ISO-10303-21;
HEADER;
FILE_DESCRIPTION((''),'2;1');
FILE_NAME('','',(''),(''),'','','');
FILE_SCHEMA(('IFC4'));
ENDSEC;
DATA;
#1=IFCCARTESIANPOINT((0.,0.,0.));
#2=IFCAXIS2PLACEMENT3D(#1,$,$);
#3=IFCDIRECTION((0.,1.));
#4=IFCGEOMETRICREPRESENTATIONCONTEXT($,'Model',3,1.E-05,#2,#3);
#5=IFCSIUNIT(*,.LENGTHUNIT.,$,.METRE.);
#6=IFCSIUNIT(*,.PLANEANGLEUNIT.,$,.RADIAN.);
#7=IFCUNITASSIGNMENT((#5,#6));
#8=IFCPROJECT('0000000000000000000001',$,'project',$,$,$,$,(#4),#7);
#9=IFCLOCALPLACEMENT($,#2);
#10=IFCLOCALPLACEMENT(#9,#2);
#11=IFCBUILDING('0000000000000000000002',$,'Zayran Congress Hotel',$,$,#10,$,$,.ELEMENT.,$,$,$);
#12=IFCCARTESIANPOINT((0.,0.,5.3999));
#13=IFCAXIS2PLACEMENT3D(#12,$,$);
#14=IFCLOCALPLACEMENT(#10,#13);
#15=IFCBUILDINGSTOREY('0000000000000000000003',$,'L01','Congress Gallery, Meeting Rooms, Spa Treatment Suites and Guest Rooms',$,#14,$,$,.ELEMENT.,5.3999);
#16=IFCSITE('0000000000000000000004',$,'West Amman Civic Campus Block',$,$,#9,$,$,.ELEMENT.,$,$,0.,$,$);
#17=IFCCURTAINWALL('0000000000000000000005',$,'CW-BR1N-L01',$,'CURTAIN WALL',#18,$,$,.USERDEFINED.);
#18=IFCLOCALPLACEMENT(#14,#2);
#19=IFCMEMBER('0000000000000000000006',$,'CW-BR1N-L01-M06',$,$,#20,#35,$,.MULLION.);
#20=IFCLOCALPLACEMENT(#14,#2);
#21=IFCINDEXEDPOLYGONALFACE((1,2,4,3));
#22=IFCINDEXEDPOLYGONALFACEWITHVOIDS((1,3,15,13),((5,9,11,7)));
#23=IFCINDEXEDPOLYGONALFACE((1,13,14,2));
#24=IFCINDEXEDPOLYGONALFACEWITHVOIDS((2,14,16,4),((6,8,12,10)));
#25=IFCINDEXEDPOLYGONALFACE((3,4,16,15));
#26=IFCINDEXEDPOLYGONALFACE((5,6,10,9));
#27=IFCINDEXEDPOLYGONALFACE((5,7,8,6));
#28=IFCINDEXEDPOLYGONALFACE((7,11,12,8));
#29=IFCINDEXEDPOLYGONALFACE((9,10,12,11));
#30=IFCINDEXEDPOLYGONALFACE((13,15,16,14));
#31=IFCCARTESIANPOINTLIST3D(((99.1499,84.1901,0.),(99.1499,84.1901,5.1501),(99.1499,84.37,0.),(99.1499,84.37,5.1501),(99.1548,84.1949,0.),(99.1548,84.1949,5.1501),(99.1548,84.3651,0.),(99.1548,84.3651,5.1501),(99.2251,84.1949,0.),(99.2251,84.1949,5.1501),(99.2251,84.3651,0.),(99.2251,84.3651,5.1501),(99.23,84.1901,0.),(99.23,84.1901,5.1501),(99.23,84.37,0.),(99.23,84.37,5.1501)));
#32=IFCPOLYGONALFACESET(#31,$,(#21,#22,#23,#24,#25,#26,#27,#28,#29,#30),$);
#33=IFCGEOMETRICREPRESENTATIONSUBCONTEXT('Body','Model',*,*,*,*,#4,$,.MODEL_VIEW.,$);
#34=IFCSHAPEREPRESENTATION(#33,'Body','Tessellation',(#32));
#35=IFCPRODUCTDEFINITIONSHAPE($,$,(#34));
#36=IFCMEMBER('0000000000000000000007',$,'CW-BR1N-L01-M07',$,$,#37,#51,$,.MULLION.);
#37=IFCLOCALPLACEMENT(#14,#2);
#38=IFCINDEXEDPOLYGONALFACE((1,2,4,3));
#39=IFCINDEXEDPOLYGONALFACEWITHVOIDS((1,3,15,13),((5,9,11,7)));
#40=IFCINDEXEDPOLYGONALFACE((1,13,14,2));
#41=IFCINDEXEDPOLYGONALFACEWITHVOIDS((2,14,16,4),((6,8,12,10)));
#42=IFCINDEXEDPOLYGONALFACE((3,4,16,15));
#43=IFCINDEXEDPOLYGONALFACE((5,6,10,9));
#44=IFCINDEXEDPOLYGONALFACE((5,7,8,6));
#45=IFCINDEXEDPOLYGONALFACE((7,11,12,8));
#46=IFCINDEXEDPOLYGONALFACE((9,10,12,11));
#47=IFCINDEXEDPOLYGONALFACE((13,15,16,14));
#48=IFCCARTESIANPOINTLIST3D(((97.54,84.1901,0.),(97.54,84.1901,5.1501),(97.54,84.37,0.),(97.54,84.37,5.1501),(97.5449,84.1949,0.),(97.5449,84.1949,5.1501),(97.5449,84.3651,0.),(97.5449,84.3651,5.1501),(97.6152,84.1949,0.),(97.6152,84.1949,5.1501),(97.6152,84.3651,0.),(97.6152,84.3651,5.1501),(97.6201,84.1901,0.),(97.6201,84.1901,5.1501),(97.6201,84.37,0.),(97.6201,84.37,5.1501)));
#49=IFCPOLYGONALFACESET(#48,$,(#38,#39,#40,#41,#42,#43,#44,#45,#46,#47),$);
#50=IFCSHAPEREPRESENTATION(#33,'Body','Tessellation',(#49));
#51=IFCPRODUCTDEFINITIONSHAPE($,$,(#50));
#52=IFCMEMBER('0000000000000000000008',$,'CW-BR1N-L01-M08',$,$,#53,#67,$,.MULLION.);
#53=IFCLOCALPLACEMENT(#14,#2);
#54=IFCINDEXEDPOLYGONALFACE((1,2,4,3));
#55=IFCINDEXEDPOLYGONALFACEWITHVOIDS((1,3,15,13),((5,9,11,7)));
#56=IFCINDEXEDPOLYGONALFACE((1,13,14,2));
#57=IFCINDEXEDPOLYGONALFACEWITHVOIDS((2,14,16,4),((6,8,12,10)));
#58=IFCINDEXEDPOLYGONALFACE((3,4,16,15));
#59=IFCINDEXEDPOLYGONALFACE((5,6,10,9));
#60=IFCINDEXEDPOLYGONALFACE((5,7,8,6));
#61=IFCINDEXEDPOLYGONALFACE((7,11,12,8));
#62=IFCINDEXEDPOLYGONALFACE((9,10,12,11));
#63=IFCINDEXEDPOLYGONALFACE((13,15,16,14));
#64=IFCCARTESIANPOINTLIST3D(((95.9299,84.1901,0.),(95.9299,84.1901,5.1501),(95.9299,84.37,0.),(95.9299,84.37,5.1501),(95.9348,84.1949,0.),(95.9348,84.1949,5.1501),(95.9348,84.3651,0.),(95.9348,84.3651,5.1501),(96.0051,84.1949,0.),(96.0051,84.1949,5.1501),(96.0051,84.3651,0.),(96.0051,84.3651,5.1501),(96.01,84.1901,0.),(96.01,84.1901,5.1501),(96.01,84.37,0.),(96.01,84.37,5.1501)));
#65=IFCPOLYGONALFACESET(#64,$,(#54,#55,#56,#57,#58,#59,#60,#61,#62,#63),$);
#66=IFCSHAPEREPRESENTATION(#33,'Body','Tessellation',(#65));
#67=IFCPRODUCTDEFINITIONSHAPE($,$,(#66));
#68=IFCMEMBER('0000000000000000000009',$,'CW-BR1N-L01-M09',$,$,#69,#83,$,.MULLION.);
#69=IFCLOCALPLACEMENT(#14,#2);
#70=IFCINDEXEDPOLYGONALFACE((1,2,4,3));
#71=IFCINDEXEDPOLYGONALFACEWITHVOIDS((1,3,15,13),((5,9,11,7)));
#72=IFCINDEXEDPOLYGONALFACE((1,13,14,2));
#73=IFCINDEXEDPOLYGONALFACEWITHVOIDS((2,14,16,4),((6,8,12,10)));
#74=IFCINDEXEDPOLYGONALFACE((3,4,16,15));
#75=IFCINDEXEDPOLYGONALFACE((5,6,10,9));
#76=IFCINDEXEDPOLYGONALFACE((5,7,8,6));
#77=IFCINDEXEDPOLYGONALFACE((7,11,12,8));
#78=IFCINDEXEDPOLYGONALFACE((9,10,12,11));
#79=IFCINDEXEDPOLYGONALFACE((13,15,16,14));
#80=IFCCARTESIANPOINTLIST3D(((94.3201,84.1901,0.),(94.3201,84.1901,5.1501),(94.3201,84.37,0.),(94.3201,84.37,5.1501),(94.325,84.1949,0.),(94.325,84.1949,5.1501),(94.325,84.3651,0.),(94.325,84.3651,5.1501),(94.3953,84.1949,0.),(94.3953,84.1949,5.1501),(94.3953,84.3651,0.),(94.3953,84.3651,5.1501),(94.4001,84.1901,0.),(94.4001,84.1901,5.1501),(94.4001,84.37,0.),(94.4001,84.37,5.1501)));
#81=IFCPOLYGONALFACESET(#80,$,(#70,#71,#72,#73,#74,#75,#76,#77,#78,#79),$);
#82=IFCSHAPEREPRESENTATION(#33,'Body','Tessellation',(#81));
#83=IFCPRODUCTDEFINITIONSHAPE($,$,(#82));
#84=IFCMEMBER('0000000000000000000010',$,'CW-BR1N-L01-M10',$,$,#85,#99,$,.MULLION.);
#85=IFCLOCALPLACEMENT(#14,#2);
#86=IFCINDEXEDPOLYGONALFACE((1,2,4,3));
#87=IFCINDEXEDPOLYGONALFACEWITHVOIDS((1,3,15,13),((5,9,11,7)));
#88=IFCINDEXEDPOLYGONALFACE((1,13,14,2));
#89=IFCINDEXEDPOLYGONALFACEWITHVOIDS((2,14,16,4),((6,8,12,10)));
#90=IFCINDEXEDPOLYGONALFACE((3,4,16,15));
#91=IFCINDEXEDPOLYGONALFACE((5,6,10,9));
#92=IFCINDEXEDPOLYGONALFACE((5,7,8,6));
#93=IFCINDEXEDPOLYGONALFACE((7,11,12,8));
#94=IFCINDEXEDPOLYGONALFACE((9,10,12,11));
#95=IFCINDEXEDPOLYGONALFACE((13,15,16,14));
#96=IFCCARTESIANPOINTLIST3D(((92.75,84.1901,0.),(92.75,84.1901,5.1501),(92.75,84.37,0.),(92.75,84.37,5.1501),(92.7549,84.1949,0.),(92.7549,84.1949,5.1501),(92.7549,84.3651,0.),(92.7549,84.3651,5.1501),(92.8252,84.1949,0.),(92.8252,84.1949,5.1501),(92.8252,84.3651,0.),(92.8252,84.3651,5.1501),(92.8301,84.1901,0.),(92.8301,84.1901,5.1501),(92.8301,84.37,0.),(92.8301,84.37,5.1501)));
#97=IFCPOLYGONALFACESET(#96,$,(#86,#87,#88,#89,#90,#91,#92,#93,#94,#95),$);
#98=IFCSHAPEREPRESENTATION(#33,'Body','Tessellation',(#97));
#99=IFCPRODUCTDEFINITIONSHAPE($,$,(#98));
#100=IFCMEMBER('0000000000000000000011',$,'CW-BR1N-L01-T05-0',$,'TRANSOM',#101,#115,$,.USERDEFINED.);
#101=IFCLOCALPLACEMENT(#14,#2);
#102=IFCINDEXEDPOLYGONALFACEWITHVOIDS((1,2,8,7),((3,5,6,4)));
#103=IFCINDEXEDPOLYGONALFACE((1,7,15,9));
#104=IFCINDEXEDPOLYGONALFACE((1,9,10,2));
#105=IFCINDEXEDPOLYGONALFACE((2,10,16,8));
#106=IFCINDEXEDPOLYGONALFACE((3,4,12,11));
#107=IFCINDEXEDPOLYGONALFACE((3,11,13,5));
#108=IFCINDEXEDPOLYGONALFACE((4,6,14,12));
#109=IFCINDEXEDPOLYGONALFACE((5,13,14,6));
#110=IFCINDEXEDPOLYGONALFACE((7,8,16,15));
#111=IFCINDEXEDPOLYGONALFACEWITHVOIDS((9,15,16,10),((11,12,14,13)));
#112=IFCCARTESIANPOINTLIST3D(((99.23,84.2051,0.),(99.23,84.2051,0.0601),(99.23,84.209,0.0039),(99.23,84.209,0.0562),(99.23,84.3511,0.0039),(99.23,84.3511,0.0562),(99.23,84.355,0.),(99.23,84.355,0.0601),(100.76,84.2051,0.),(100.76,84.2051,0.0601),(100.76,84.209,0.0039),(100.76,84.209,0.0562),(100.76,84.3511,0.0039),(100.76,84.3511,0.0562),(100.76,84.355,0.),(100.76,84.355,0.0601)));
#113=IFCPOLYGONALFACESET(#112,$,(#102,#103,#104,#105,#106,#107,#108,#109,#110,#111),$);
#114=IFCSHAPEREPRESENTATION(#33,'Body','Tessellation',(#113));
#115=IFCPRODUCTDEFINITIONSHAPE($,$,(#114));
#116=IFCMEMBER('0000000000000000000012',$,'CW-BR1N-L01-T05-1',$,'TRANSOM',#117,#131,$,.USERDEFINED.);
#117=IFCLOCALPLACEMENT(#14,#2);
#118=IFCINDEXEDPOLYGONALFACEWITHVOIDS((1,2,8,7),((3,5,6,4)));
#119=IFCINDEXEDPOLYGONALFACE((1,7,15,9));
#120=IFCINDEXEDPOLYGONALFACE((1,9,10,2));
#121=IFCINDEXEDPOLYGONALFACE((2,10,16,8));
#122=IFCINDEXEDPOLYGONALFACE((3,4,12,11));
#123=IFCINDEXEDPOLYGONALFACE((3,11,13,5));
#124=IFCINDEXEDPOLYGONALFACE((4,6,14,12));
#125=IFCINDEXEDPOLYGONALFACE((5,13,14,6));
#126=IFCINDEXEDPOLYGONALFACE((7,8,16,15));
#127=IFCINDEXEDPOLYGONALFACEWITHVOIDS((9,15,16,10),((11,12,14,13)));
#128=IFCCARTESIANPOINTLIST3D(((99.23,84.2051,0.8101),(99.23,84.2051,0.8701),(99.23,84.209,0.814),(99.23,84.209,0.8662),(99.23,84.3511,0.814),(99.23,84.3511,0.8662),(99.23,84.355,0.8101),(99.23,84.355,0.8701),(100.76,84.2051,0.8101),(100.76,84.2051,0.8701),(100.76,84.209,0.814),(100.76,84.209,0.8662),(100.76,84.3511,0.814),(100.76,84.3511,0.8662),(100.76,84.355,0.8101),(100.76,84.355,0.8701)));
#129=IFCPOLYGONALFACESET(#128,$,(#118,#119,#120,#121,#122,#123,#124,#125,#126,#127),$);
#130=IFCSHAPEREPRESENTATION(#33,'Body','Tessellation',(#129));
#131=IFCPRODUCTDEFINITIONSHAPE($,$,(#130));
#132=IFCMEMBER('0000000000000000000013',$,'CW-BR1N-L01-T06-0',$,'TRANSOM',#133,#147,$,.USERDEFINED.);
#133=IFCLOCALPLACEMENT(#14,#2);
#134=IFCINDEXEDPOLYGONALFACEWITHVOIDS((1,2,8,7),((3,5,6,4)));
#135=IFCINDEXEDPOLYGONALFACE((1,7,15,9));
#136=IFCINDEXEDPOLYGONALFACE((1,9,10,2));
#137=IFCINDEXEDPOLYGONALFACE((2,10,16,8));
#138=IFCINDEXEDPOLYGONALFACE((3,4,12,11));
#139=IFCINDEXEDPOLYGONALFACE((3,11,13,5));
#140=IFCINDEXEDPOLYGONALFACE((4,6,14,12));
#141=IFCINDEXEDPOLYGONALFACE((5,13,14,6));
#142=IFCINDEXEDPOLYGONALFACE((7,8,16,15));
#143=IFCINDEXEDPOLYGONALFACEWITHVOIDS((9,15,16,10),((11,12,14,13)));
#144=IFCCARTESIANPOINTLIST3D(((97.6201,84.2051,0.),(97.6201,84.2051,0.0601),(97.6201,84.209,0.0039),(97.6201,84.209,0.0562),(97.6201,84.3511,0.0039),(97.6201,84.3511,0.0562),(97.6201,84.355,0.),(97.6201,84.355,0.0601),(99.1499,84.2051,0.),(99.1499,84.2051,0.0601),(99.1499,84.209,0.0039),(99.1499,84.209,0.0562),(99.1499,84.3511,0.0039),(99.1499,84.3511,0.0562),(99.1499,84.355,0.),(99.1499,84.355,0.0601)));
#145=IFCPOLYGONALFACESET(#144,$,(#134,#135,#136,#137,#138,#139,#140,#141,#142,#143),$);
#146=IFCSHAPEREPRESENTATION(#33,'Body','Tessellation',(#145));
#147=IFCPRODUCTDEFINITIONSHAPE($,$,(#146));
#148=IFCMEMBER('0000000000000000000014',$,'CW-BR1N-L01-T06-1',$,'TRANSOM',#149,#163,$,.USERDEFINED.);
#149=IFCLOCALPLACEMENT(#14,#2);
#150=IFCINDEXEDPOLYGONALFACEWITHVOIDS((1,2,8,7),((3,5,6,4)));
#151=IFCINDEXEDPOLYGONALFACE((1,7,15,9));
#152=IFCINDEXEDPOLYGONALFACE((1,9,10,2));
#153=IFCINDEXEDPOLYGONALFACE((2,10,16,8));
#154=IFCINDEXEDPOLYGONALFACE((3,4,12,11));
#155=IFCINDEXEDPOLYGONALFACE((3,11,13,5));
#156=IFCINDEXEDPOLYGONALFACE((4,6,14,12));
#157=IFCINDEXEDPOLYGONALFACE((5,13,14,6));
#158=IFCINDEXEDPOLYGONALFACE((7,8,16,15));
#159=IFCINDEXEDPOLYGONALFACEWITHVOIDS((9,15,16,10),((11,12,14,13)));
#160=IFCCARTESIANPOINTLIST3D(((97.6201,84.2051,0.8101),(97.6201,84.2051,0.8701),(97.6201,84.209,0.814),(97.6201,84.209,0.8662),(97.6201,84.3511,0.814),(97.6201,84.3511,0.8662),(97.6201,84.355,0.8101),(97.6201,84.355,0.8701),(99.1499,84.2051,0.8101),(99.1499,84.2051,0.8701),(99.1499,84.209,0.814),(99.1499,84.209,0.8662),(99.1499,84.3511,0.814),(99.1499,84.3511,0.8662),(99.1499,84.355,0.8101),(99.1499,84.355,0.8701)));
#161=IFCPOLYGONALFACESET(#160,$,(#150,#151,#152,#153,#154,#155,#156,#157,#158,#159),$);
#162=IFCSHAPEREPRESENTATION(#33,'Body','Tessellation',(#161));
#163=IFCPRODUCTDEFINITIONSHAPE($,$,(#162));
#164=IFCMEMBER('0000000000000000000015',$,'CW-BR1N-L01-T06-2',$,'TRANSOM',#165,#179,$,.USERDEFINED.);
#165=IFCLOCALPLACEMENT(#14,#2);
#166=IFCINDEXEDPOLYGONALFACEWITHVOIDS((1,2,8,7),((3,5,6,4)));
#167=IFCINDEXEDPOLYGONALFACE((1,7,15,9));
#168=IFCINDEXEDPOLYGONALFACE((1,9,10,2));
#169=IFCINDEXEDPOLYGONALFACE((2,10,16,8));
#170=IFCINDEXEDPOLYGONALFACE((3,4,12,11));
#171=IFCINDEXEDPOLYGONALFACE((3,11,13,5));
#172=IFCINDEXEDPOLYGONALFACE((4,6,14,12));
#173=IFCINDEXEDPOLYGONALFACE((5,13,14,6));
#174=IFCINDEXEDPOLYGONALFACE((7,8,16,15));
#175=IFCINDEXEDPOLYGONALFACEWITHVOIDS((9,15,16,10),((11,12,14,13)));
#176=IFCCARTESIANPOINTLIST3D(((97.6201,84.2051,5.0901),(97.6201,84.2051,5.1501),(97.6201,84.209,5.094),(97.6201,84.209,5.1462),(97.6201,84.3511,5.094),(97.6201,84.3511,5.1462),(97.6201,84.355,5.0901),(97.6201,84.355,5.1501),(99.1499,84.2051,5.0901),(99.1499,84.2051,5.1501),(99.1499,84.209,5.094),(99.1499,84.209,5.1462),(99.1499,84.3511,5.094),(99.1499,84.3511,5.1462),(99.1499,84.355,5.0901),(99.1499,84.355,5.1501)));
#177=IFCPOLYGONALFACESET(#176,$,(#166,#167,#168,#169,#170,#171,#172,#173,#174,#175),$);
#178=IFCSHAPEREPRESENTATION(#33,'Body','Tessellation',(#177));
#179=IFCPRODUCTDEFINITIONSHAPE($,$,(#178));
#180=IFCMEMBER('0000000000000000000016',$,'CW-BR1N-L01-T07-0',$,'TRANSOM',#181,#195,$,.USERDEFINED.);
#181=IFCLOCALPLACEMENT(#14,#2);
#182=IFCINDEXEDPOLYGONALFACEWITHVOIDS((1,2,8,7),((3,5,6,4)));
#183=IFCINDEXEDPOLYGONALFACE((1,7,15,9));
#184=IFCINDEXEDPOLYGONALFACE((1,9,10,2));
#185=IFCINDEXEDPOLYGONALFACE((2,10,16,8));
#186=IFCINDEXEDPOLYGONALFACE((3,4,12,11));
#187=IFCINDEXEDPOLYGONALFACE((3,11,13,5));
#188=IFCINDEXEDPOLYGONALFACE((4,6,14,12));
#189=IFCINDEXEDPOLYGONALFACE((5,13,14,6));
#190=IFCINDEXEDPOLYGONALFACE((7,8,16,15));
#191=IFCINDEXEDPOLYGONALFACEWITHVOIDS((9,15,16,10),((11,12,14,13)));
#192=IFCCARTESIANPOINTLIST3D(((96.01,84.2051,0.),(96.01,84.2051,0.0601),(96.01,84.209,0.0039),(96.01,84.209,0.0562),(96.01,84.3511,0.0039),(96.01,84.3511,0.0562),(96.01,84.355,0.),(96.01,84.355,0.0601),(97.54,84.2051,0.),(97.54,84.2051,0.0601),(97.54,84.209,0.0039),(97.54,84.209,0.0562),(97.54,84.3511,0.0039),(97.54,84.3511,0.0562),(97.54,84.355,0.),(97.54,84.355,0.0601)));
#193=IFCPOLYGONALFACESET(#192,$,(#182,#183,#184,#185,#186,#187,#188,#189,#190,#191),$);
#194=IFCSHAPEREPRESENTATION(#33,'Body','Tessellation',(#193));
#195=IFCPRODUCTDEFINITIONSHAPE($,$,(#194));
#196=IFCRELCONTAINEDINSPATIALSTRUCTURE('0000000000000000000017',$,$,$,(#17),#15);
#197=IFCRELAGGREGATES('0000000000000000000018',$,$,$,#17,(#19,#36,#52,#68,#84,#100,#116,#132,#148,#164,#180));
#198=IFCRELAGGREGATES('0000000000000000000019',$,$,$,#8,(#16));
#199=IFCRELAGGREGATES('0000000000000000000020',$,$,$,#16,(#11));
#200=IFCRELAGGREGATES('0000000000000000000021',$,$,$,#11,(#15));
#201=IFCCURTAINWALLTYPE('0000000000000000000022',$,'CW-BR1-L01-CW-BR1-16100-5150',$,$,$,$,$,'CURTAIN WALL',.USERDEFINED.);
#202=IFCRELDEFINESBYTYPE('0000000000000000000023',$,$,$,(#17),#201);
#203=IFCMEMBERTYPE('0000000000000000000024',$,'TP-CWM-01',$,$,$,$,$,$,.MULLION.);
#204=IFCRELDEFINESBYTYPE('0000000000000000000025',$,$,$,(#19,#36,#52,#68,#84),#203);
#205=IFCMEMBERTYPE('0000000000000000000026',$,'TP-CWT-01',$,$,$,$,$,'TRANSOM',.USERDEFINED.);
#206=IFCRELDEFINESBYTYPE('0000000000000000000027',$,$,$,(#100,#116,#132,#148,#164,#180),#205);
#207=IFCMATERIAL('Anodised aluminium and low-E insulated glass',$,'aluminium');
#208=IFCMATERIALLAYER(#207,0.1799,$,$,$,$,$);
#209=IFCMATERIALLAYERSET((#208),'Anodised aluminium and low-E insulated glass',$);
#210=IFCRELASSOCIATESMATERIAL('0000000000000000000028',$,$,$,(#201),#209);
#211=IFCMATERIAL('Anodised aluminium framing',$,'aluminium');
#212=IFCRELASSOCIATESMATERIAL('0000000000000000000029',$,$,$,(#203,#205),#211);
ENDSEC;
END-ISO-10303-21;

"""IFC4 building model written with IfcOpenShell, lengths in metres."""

from ifc_helpers import new_model, si_unit, direction, frame, origin, origin_2d, place, context, subcontext, project, spatial, hollow_rectangle, extrude, material, layer, layer_set, material_profile, profile_set, type_object, element, aggregate, save


model = new_model("IFC4")

# Units and contexts
model_context = context("Model", 3, precision=1e-05, world=origin(), true_north=direction((0.0, 1.0)))
body_context = subcontext(model_context, "Body", "Model", "MODEL_VIEW")
ifc_project = project(units=[si_unit("LENGTHUNIT", "METRE"), si_unit("PLANEANGLEUNIT", "RADIAN")], contexts=[model_context])

# Site, building, storey
site_placement = place(None, origin())
site = spatial("IfcSite", under=ifc_project, at=site_placement, Name="West Amman Civic Campus Block", CompositionType="ELEMENT", RefElevation=0.0)
building_placement = place(site_placement, origin())
building = spatial("IfcBuilding", under=site, at=building_placement, Name="Zayran Congress Hotel", CompositionType="ELEMENT")
storey_placement = place(building_placement, frame((0.0, 0.0, 5.3999)))
storey = spatial("IfcBuildingStorey", under=building, at=storey_placement, Name="L01", Description="Congress Gallery, Meeting Rooms, Spa Treatment Suites and Guest Rooms", CompositionType="ELEMENT", Elevation=5.3999)

# Curtain wall, members
ifc_material_1 = material(Name="Anodised aluminium and low-E insulated glass", Category="aluminium")
ifc_layer_1 = layer(ifc_material_1, 0.1799)
ifc_layer_set_1 = layer_set([ifc_layer_1], Name="Anodised aluminium and low-E insulated glass")
curtain_wall_type = type_object("IfcCurtainWallType", Name="CW-BR1-L01-CW-BR1-16100-5150", ElementType="CURTAIN WALL", PredefinedType="USERDEFINED", material=ifc_layer_set_1)
curtain_wall_1_placement = place(storey_placement, origin())
curtain_wall_1 = element("IfcCurtainWall", 1, at=curtain_wall_1_placement, inside=storey, type_object=curtain_wall_type, Name="CW-BR1N-L01", ObjectType="CURTAIN WALL", PredefinedType="USERDEFINED")
ifc_material_2 = material(Name="Anodised aluminium framing", Category="aluminium")
ifc_material_profile_1 = material_profile(ifc_material_2, hollow_rectangle(XDim=0.0801, YDim=0.1799, WallThickness=0.0049, at=origin_2d()), Name="RHS 180x80x5")
ifc_profile_set_1 = profile_set([ifc_material_profile_1], Name="Anodised aluminium framing")
member_type_1 = type_object("IfcMemberType", Name="TP-CWM-01", PredefinedType="MULLION", material=ifc_profile_set_1)
member_1_placement = place(storey_placement, frame((99.1899, 84.28, 0.0), z_axis=(0.0, 0.0, 1.0), x_axis=(1.0, 0.0, 0.0)))
member_1 = element("IfcMember", 2, at=member_1_placement, type_object=member_type_1, Name="CW-BR1N-L01-M06", PredefinedType="MULLION", context=body_context, shape_type="SweptSolid", body=[
    extrude(hollow_rectangle(XDim=0.0801, YDim=0.1799, WallThickness=0.0049, at=origin_2d()), origin(), (0.0, 0.0, 1.0), 5.1501),
])
member_2_placement = place(storey_placement, frame((97.5801, 84.28, 0.0), z_axis=(0.0, 0.0, 1.0), x_axis=(1.0, 0.0, 0.0)))
member_2 = element("IfcMember", 3, at=member_2_placement, type_object=member_type_1, Name="CW-BR1N-L01-M07", PredefinedType="MULLION", context=body_context, shape_type="SweptSolid", body=[
    extrude(hollow_rectangle(XDim=0.0801, YDim=0.1799, WallThickness=0.0049, at=origin_2d()), origin(), (0.0, 0.0, 1.0), 5.1501),
])
member_3_placement = place(storey_placement, frame((95.97, 84.28, 0.0), z_axis=(0.0, 0.0, 1.0), x_axis=(1.0, 0.0, 0.0)))
member_3 = element("IfcMember", 4, at=member_3_placement, type_object=member_type_1, Name="CW-BR1N-L01-M08", PredefinedType="MULLION", context=body_context, shape_type="SweptSolid", body=[
    extrude(hollow_rectangle(XDim=0.0801, YDim=0.1799, WallThickness=0.0049, at=origin_2d()), origin(), (0.0, 0.0, 1.0), 5.1501),
])
member_4_placement = place(storey_placement, frame((94.3601, 84.28, 0.0), z_axis=(0.0, 0.0, 1.0), x_axis=(1.0, 0.0, 0.0)))
member_4 = element("IfcMember", 5, at=member_4_placement, type_object=member_type_1, Name="CW-BR1N-L01-M09", PredefinedType="MULLION", context=body_context, shape_type="SweptSolid", body=[
    extrude(hollow_rectangle(XDim=0.0801, YDim=0.1799, WallThickness=0.0049, at=origin_2d()), origin(), (0.0, 0.0, 1.0), 5.1501),
])
member_5_placement = place(storey_placement, frame((92.79, 84.28, 0.0), z_axis=(0.0, 0.0, 1.0), x_axis=(1.0, 0.0, 0.0)))
member_5 = element("IfcMember", 6, at=member_5_placement, type_object=member_type_1, Name="CW-BR1N-L01-M10", PredefinedType="MULLION", context=body_context, shape_type="SweptSolid", body=[
    extrude(hollow_rectangle(XDim=0.0801, YDim=0.1799, WallThickness=0.0049, at=origin_2d()), origin(), (0.0, 0.0, 1.0), 5.1501),
])
ifc_material_profile_2 = material_profile(ifc_material_2, hollow_rectangle(XDim=0.0601, YDim=0.1499, WallThickness=0.0039, at=origin_2d()), Name="RHS 150x60x4")
ifc_profile_set_2 = profile_set([ifc_material_profile_2], Name="Anodised aluminium framing")
member_type_2 = type_object("IfcMemberType", Name="TP-CWT-01", ElementType="TRANSOM", PredefinedType="USERDEFINED", material=ifc_profile_set_2)
member_6_placement = place(storey_placement, frame((100.76, 84.28, 0.03), z_axis=(-1.0, 0.0, 0.0), x_axis=(0.0, 0.0, 1.0)))
member_6 = element("IfcMember", 7, at=member_6_placement, type_object=member_type_2, Name="CW-BR1N-L01-T05-0", ObjectType="TRANSOM", PredefinedType="USERDEFINED", context=body_context, shape_type="SweptSolid", body=[
    extrude(hollow_rectangle(XDim=0.0601, YDim=0.1499, WallThickness=0.0039, at=origin_2d()), origin(), (0.0, 0.0, 1.0), 1.53),
])
member_7_placement = place(storey_placement, frame((100.76, 84.28, 0.8401), z_axis=(-1.0, 0.0, 0.0), x_axis=(0.0, 0.0, 1.0)))
member_7 = element("IfcMember", 8, at=member_7_placement, type_object=member_type_2, Name="CW-BR1N-L01-T05-1", ObjectType="TRANSOM", PredefinedType="USERDEFINED", context=body_context, shape_type="SweptSolid", body=[
    extrude(hollow_rectangle(XDim=0.0601, YDim=0.1499, WallThickness=0.0039, at=origin_2d()), origin(), (0.0, 0.0, 1.0), 1.53),
])
member_8_placement = place(storey_placement, frame((99.1499, 84.28, 0.03), z_axis=(-1.0, 0.0, 0.0), x_axis=(0.0, 0.0, 1.0)))
member_8 = element("IfcMember", 9, at=member_8_placement, type_object=member_type_2, Name="CW-BR1N-L01-T06-0", ObjectType="TRANSOM", PredefinedType="USERDEFINED", context=body_context, shape_type="SweptSolid", body=[
    extrude(hollow_rectangle(XDim=0.0601, YDim=0.1499, WallThickness=0.0039, at=origin_2d()), origin(), (0.0, 0.0, 1.0), 1.5298),
])
member_9_placement = place(storey_placement, frame((99.1499, 84.28, 0.8401), z_axis=(-1.0, 0.0, 0.0), x_axis=(0.0, 0.0, 1.0)))
member_9 = element("IfcMember", 10, at=member_9_placement, type_object=member_type_2, Name="CW-BR1N-L01-T06-1", ObjectType="TRANSOM", PredefinedType="USERDEFINED", context=body_context, shape_type="SweptSolid", body=[
    extrude(hollow_rectangle(XDim=0.0601, YDim=0.1499, WallThickness=0.0039, at=origin_2d()), origin(), (0.0, 0.0, 1.0), 1.5298),
])
member_10_placement = place(storey_placement, frame((99.1499, 84.28, 5.1201), z_axis=(-1.0, 0.0, 0.0), x_axis=(0.0, 0.0, 1.0)))
member_10 = element("IfcMember", 11, at=member_10_placement, type_object=member_type_2, Name="CW-BR1N-L01-T06-2", ObjectType="TRANSOM", PredefinedType="USERDEFINED", context=body_context, shape_type="SweptSolid", body=[
    extrude(hollow_rectangle(XDim=0.0601, YDim=0.1499, WallThickness=0.0039, at=origin_2d()), origin(), (0.0, 0.0, 1.0), 1.5298),
])
member_11_placement = place(storey_placement, frame((97.54, 84.28, 0.03), z_axis=(-1.0, 0.0, 0.0), x_axis=(0.0, 0.0, 1.0)))
member_11 = element("IfcMember", 12, at=member_11_placement, type_object=member_type_2, Name="CW-BR1N-L01-T07-0", ObjectType="TRANSOM", PredefinedType="USERDEFINED", context=body_context, shape_type="SweptSolid", body=[
    extrude(hollow_rectangle(XDim=0.0601, YDim=0.1499, WallThickness=0.0039, at=origin_2d()), origin(), (0.0, 0.0, 1.0), 1.53),
])

aggregate(curtain_wall_1, [member_1, member_2, member_3, member_4, member_5, member_6, member_7, member_8, member_9, member_10, member_11])

save(model, "model.ifc")
